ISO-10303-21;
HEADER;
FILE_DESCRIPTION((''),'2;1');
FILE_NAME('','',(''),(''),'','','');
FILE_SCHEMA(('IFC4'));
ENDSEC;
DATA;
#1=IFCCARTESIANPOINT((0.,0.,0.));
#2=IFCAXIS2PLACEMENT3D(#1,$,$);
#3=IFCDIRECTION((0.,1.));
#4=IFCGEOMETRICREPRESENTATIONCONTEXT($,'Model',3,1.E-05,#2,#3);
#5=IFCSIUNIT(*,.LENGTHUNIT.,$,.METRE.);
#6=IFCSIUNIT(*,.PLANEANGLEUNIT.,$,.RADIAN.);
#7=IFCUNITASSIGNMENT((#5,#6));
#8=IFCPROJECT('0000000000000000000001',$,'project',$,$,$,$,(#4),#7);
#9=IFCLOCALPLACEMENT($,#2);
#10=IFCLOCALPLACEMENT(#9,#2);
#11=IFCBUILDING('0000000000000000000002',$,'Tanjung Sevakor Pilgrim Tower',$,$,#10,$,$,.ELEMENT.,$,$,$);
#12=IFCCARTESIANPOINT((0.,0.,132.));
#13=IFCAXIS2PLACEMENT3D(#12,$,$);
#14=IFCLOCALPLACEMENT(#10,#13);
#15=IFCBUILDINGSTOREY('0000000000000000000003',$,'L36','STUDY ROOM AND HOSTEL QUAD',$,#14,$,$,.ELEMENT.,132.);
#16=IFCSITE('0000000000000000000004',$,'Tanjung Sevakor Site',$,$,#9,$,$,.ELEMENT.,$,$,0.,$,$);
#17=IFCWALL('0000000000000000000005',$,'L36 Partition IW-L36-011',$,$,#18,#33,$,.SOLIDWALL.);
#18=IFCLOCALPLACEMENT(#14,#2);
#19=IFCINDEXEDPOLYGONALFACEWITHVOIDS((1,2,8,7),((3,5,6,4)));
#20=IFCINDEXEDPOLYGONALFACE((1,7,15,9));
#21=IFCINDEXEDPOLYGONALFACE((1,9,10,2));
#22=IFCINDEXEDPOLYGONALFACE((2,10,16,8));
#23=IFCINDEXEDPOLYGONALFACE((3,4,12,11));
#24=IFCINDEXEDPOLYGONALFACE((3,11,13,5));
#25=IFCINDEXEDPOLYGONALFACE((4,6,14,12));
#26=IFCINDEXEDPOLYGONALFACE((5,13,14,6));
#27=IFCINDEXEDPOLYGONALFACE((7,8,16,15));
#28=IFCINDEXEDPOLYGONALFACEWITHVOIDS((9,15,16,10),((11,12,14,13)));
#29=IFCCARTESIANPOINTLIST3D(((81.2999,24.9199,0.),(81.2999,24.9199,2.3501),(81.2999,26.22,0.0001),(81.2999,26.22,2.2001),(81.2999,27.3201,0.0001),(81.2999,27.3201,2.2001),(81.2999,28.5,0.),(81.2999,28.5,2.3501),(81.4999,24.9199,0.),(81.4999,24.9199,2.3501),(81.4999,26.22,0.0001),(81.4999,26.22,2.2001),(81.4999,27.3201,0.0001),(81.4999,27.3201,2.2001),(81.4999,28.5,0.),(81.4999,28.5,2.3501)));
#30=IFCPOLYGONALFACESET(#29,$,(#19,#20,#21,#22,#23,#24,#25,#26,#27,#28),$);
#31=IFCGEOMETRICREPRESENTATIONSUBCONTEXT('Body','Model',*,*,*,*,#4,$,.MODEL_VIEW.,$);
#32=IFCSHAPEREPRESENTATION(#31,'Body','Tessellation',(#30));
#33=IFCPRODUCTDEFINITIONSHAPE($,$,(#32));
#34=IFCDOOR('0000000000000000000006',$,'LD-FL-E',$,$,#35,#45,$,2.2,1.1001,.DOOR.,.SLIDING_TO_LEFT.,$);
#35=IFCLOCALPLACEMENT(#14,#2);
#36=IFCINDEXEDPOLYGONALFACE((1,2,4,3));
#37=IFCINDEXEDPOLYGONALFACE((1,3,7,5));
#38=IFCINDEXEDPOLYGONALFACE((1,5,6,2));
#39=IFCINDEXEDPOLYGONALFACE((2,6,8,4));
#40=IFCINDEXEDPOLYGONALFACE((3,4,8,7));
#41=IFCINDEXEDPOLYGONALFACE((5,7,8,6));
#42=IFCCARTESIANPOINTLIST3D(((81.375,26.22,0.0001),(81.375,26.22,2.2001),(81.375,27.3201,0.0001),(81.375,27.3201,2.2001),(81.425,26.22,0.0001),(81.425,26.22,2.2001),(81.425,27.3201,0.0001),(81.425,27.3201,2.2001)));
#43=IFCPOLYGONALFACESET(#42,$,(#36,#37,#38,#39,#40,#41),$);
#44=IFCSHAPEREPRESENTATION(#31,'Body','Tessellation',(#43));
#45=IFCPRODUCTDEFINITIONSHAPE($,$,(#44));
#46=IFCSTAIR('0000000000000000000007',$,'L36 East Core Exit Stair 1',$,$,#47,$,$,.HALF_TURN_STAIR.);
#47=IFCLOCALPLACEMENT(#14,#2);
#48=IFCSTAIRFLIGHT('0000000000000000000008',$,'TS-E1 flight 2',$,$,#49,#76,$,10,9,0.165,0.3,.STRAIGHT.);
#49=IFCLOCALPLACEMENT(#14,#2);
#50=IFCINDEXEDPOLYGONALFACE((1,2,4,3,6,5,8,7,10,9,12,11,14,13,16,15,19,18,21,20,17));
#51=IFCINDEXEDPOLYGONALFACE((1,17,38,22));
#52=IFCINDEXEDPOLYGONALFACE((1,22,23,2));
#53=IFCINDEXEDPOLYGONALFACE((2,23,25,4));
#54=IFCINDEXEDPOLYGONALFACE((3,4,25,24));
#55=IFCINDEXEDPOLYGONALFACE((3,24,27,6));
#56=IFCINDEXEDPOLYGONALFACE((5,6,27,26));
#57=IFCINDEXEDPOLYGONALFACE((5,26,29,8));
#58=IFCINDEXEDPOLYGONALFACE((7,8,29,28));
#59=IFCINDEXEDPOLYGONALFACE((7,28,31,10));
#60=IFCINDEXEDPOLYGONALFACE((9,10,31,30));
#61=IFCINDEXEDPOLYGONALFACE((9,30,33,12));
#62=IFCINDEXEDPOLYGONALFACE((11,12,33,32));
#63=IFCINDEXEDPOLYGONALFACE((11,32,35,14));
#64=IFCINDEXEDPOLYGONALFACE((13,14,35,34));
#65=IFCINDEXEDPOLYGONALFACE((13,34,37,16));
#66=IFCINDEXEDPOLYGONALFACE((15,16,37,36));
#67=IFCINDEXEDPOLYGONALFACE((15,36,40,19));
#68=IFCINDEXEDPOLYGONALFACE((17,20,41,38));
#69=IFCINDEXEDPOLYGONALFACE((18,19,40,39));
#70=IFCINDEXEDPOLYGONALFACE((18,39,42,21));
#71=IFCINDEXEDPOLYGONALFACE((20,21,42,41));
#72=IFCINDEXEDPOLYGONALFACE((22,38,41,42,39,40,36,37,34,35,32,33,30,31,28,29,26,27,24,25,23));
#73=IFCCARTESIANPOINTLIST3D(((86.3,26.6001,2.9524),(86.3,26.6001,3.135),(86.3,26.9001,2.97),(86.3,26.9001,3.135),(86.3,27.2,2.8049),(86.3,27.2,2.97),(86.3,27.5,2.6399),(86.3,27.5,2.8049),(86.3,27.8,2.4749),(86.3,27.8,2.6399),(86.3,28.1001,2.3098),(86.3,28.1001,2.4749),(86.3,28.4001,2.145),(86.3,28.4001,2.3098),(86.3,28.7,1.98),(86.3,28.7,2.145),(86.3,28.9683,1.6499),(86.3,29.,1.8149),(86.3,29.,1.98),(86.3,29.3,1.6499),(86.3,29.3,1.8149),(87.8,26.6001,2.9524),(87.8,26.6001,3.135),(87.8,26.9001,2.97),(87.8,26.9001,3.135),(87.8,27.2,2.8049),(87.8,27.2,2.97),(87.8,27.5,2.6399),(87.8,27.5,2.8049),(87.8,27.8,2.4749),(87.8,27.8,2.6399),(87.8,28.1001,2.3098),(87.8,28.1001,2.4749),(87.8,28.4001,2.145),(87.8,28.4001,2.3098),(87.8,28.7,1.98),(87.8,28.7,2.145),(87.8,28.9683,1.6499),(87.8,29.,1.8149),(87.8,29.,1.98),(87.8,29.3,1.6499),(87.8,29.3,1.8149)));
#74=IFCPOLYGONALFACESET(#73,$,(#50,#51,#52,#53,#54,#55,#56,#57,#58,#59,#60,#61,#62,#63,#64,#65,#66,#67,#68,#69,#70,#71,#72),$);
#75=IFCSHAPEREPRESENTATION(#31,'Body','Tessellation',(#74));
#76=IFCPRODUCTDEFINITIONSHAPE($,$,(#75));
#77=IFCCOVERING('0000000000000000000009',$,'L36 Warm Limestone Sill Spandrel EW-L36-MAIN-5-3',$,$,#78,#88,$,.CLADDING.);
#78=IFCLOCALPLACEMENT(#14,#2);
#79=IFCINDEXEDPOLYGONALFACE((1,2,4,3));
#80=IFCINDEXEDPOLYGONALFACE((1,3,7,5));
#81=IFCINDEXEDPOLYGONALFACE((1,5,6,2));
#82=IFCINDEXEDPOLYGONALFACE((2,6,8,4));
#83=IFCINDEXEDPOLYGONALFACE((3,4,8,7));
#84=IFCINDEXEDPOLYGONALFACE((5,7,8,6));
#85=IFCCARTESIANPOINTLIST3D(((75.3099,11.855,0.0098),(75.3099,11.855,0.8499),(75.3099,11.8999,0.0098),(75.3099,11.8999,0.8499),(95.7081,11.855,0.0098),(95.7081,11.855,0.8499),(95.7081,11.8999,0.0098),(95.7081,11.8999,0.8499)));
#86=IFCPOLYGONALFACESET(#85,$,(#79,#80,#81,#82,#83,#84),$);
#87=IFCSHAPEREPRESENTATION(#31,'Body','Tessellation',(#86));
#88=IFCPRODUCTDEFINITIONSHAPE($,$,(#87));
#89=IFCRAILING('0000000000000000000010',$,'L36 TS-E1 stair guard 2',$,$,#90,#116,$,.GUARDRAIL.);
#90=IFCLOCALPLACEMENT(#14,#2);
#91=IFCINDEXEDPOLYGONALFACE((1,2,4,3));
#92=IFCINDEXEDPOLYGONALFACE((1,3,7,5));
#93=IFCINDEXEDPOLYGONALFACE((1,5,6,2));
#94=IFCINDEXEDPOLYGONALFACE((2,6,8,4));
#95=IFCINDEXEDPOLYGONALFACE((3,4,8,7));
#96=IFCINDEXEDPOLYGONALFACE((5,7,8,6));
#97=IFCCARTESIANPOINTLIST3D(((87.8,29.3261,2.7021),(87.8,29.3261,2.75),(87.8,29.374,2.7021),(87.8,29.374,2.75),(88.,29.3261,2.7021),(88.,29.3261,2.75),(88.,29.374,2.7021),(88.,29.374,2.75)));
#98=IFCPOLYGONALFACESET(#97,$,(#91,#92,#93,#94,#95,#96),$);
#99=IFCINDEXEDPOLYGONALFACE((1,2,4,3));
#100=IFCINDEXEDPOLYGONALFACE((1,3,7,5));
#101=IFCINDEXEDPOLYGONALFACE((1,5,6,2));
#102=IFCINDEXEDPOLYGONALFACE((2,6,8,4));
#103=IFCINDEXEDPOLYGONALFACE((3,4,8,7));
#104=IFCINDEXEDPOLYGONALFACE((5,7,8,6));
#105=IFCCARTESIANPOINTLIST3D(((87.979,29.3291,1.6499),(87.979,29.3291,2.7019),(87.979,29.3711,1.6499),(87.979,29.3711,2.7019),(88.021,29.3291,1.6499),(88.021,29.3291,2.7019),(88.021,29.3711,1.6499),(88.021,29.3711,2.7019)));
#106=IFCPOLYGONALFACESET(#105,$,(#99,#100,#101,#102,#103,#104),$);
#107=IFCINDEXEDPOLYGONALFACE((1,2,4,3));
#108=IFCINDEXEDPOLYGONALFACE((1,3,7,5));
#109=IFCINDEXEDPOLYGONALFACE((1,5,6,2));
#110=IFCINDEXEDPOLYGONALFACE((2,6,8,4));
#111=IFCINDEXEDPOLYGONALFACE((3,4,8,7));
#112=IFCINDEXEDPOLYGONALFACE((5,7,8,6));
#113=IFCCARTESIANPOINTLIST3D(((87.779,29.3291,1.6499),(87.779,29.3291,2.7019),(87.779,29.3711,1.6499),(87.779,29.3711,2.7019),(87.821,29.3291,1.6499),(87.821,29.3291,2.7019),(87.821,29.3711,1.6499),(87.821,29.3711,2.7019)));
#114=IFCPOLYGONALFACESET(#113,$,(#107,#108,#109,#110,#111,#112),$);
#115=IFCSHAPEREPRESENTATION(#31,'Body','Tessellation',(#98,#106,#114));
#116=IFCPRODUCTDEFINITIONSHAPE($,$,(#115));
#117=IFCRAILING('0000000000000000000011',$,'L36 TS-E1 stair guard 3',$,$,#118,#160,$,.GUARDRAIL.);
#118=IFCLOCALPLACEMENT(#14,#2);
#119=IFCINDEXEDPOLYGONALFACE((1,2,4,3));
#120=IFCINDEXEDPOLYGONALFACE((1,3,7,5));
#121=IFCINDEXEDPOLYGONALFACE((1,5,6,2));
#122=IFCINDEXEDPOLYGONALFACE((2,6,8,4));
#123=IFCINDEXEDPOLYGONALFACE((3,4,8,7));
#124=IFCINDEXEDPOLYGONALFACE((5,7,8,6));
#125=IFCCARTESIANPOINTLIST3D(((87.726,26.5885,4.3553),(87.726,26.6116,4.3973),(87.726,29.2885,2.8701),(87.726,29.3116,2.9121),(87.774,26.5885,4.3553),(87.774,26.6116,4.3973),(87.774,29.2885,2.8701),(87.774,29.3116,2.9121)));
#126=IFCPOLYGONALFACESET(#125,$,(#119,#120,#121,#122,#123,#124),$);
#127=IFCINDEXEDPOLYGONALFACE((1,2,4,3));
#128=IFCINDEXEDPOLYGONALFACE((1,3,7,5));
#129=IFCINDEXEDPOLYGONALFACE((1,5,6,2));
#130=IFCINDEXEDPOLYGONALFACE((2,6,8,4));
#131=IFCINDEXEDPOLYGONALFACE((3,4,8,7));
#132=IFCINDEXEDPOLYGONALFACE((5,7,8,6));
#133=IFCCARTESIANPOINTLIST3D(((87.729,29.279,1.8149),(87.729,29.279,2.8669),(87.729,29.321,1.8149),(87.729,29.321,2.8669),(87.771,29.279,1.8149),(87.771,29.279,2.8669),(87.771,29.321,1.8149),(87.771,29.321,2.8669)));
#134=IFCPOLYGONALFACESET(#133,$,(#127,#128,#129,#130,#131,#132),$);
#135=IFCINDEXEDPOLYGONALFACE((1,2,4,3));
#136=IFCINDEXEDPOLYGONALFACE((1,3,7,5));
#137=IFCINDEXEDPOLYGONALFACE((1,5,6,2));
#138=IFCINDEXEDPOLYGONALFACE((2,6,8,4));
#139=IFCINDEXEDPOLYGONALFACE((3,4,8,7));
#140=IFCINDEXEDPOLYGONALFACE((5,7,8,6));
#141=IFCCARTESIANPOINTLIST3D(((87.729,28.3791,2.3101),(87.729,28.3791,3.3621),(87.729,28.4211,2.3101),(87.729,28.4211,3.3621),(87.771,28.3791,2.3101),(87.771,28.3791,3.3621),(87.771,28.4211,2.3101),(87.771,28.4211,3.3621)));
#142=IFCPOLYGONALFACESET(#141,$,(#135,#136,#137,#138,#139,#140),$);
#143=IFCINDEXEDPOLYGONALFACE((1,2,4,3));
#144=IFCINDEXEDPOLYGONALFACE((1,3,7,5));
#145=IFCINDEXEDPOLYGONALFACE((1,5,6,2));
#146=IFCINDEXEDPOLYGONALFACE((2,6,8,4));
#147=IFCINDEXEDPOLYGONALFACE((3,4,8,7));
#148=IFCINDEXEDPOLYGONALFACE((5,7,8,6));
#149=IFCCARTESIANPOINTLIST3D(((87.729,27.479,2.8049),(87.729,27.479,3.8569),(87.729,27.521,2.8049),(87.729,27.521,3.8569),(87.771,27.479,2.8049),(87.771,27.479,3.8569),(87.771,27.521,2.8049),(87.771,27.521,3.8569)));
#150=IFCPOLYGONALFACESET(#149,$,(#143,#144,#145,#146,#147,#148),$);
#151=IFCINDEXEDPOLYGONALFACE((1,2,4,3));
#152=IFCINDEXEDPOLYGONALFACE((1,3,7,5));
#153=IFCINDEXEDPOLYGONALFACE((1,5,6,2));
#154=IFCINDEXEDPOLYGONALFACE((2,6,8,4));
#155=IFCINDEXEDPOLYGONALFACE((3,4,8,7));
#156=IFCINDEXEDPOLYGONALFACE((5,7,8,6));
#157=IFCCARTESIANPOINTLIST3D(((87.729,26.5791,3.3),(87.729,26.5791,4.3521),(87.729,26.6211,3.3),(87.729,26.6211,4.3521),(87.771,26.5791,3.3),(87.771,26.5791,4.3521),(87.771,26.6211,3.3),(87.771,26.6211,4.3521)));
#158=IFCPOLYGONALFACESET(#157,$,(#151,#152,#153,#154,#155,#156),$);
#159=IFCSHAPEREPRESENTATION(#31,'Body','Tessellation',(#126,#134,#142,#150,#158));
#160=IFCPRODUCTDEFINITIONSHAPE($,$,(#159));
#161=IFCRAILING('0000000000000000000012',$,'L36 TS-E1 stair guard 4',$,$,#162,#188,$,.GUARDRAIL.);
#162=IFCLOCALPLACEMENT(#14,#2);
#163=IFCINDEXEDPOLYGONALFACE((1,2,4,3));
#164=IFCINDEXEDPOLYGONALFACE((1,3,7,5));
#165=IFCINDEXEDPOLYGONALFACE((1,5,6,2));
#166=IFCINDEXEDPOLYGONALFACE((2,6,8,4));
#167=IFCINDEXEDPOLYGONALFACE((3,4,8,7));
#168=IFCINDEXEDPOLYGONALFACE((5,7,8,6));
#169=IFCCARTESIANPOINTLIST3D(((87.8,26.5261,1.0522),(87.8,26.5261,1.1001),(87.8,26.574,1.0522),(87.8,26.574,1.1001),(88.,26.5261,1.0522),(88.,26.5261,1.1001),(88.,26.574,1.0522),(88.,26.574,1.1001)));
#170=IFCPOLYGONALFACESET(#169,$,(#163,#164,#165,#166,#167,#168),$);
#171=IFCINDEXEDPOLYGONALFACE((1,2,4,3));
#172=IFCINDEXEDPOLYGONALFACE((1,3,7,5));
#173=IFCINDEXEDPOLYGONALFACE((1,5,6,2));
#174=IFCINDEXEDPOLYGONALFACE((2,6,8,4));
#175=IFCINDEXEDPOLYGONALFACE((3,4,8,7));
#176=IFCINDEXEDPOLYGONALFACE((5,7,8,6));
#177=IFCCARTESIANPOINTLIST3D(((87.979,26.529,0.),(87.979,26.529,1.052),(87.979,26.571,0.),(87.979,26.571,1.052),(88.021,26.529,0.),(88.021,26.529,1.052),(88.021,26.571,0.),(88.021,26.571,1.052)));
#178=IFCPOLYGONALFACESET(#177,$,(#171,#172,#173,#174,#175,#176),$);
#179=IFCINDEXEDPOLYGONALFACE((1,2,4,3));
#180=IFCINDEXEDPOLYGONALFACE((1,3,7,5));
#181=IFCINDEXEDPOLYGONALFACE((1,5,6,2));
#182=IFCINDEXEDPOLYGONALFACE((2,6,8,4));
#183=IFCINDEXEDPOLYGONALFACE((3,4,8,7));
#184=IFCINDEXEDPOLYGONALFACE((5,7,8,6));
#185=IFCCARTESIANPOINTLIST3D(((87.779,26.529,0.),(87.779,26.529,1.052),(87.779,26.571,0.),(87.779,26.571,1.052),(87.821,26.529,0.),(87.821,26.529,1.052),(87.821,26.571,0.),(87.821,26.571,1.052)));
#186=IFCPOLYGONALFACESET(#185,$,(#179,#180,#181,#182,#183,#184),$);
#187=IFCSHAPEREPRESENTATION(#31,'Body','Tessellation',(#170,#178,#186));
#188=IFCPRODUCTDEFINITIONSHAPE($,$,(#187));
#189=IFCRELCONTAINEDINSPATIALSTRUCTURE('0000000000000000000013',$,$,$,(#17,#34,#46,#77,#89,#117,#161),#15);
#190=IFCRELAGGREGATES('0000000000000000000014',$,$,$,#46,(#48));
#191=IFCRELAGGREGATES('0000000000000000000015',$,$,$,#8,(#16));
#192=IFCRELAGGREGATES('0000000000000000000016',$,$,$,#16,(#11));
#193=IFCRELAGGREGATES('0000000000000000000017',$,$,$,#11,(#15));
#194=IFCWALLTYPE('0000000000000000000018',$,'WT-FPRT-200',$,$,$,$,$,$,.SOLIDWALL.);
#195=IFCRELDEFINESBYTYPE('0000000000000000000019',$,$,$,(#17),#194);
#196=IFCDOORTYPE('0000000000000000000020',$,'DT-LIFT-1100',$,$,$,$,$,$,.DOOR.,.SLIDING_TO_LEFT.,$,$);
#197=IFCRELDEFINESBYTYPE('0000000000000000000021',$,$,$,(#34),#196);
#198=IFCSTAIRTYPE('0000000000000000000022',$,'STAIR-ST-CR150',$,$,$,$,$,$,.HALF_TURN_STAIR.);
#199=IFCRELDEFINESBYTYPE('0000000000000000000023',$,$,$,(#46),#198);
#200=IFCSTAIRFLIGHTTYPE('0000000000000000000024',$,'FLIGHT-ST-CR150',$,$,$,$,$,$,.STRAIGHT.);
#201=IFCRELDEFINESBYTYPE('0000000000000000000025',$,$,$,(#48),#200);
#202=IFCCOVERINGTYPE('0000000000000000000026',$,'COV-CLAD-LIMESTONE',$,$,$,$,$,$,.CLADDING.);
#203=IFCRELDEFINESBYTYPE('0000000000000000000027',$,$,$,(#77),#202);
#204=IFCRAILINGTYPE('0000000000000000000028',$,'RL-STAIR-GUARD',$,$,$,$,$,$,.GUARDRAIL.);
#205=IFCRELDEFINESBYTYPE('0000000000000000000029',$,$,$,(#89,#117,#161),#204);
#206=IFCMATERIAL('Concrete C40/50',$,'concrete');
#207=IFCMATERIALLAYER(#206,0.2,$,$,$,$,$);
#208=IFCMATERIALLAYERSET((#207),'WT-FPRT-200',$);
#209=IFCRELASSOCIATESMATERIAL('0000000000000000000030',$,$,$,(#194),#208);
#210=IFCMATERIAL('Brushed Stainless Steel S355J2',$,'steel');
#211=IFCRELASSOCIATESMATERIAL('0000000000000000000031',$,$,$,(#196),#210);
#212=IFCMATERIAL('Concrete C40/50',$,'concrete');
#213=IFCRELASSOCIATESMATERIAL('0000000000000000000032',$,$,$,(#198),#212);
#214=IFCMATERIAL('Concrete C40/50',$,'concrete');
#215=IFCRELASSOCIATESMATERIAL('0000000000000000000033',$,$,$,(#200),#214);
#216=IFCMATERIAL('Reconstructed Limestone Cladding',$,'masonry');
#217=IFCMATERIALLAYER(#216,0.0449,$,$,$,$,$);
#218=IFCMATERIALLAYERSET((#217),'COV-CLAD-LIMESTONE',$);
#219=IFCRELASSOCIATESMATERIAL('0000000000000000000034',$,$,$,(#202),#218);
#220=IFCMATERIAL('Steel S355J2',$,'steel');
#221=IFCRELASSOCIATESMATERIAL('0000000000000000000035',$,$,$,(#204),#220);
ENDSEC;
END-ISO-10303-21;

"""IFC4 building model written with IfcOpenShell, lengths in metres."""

from ifc_helpers import new_model, si_unit, direction, frame, frame_2d, origin, origin_2d, place, context, subcontext, project, spatial, polyline, rectangle, outline, extrude, material, layer, layer_set, type_object, element, fill, aggregate, save


model = new_model("IFC4")

# Units and contexts
model_context = context("Model", 3, precision=1e-05, world=origin(), true_north=direction((0.0, 1.0)))
body_context = subcontext(model_context, "Body", "Model", "MODEL_VIEW")
ifc_project = project(units=[si_unit("LENGTHUNIT", "METRE"), si_unit("PLANEANGLEUNIT", "RADIAN")], contexts=[model_context])

# Site, building, storey
site_placement = place(None, origin())
site = spatial("IfcSite", under=ifc_project, at=site_placement, Name="Tanjung Sevakor Site", CompositionType="ELEMENT", RefElevation=0.0)
building_placement = place(site_placement, origin())
building = spatial("IfcBuilding", under=site, at=building_placement, Name="Tanjung Sevakor Pilgrim Tower", CompositionType="ELEMENT")
storey_placement = place(building_placement, frame((0.0, 0.0, 132.0)))
storey = spatial("IfcBuildingStorey", under=building, at=storey_placement, Name="L36", Description="STUDY ROOM AND HOSTEL QUAD", CompositionType="ELEMENT", Elevation=132.0)

# Wall, opening, door
ifc_material_1 = material(Name="Concrete C40/50", Category="concrete")
ifc_layer_1 = layer(ifc_material_1, 0.2)
ifc_layer_set_1 = layer_set([ifc_layer_1], Name="WT-FPRT-200")
wall_type_1 = type_object("IfcWallType", Name="WT-FPRT-200", PredefinedType="SOLIDWALL", material=ifc_layer_set_1)
wall_1_placement = place(storey_placement, frame((81.3999, 24.9199, 0.0), z_axis=(0.0, 0.0, 1.0), x_axis=(0.0, 1.0, 0.0)))
wall_1 = element("IfcWall", 1, at=wall_1_placement, inside=storey, type_object=wall_type_1, Name="L36 Partition IW-L36-011", PredefinedType="SOLIDWALL", context=body_context, shape_type="SweptSolid", body=[
    extrude(rectangle(XDim=3.5801, YDim=0.2, at=frame_2d((1.79, 0.0))), origin(), (0.0, 0.0, 1.0), 2.3501),
])
opening_1_placement = place(wall_1_placement, frame((1.3, 0.0, 0.0)))
opening_1 = element("IfcOpeningElement", 2, at=opening_1_placement, cuts=wall_1, PredefinedType="OPENING", context=body_context, shape_type="SweptSolid", body=[
    extrude(rectangle(XDim=1.1001, YDim=2.2, at=frame_2d((0.55, 1.1001))), frame((0.0, 0.1099, 0.0), z_axis=(0.0, -1.0, 0.0), x_axis=(1.0, 0.0, 0.0)), (0.0, 0.0, 1.0), 0.22),
])
ifc_material_2 = material(Name="Brushed Stainless Steel S355J2", Category="steel")
door_type_1 = type_object("IfcDoorType", Name="DT-LIFT-1100", OperationType="SLIDING_TO_LEFT", PredefinedType="DOOR", material=ifc_material_2)
door_1_placement = place(opening_1_placement, origin())
door_1 = element("IfcDoor", 3, at=door_1_placement, inside=storey, type_object=door_type_1, Name="LD-FL-E", OperationType="SLIDING_TO_LEFT", OverallHeight=2.2, OverallWidth=1.1001, PredefinedType="DOOR", context=body_context, shape_type="SweptSolid", body=[
    extrude(rectangle(XDim=1.1001, YDim=2.2, at=frame_2d((0.55, 1.1001))), frame((0.0, 0.0249, 0.0), z_axis=(0.0, -1.0, 0.0), x_axis=(1.0, 0.0, 0.0)), (0.0, 0.0, 1.0), 0.05),
])
fill(opening_1, door_1)

# Stair, stair flight
ifc_material_3 = material(Name="Concrete C40/50", Category="concrete")
stair_type = type_object("IfcStairType", Name="STAIR-ST-CR150", PredefinedType="HALF_TURN_STAIR", material=ifc_material_3)
stair_placement = place(storey_placement, origin())
stair = element("IfcStair", 4, at=stair_placement, inside=storey, type_object=stair_type, Name="L36 East Core Exit Stair 1", PredefinedType="HALF_TURN_STAIR")
ifc_material_4 = material(Name="Concrete C40/50", Category="concrete")
stair_flight_type = type_object("IfcStairFlightType", Name="FLIGHT-ST-CR150", PredefinedType="STRAIGHT", material=ifc_material_4)
stair_flight_placement = place(storey_placement, frame((87.05, 29.3, 1.6499), z_axis=(0.0, 0.0, 1.0), x_axis=(0.0, -1.0, 0.0)))
stair_flight = element("IfcStairFlight", 5, at=stair_flight_placement, type_object=stair_flight_type, Name="TS-E1 flight 2", NumberOfRisers=10, NumberOfTreads=9, PredefinedType="STRAIGHT", RiserHeight=0.165, TreadLength=0.3, context=body_context, shape_type="SweptSolid", body=[
    extrude(outline(polyline([(0.0, 0.0), (0.0, 0.165), (0.3, 0.165), (0.3, 0.3301), (0.6001, 0.3301), (0.6001, 0.4951), (0.8999, 0.4951), (0.8999, 0.6599), (1.2, 0.6599), (1.2, 0.825), (1.5, 0.825), (1.5, 0.99), (1.8, 0.99), (1.8, 1.155), (2.1001, 1.155), (2.1001, 1.3201), (2.3999, 1.3201), (2.3999, 1.4851), (2.7, 1.4851), (2.7, 1.6499), (2.7, 1.3025), (0.3318, 0.0), (0.0, 0.0)])), frame((0.0, 0.75, 0.0), z_axis=(0.0, -1.0, 0.0), x_axis=(1.0, 0.0, 0.0)), (0.0, 0.0, 1.0), 1.5),
])
aggregate(stair, [stair_flight])

# Covering
ifc_material_5 = material(Name="Reconstructed Limestone Cladding", Category="masonry")
ifc_layer_2 = layer(ifc_material_5, 0.0449)
ifc_layer_set_2 = layer_set([ifc_layer_2], Name="COV-CLAD-LIMESTONE")
covering_type = type_object("IfcCoveringType", Name="COV-CLAD-LIMESTONE", PredefinedType="CLADDING", material=ifc_layer_set_2)
covering_placement = place(storey_placement, frame((85.509, 11.8774, 0.0098), z_axis=(0.0, 0.0, 1.0), x_axis=(1.0, 0.0, 0.0)))
element("IfcCovering", 6, at=covering_placement, inside=storey, type_object=covering_type, Name="L36 Warm Limestone Sill Spandrel EW-L36-MAIN-5-3", PredefinedType="CLADDING", context=body_context, shape_type="SweptSolid", body=[
    extrude(rectangle(XDim=20.3982, YDim=0.0449, at=origin_2d()), origin(), (0.0, 0.0, 1.0), 0.8401),
])

# Railings
ifc_material_6 = material(Name="Steel S355J2", Category="steel")
railing_type_1 = type_object("IfcRailingType", Name="RL-STAIR-GUARD", PredefinedType="GUARDRAIL", material=ifc_material_6)
railing_1_placement = place(storey_placement, frame((88.0, 29.3501, 1.6499)))
element("IfcRailing", 7, at=railing_1_placement, inside=storey, type_object=railing_type_1, Name="L36 TS-E1 stair guard 2", PredefinedType="GUARDRAIL", context=body_context, shape_type="SweptSolid", body=[
    extrude(rectangle(XDim=0.0479, YDim=0.0479), frame((0.0, 0.0, 1.0762), z_axis=(-1.0, 0.0, 0.0), x_axis=(0.0, -1.0, 0.0)), (0.0, 0.0, 1.0), 0.2),
    extrude(rectangle(XDim=0.042, YDim=0.042), origin(), (0.0, 0.0, 1.0), 1.052),
    extrude(rectangle(XDim=0.042, YDim=0.042), frame((-0.2, 0.0, 0.0)), (0.0, 0.0, 1.0), 1.052),
])
railing_2_placement = place(storey_placement, frame((87.75, 29.3, 1.8149)))
element("IfcRailing", 8, at=railing_2_placement, inside=storey, type_object=railing_type_1, Name="L36 TS-E1 stair guard 3", PredefinedType="GUARDRAIL", context=body_context, shape_type="SweptSolid", body=[
    extrude(rectangle(XDim=0.0479, YDim=0.0479), frame((0.0, 0.0, 1.0762), z_axis=(0.0, -0.876198, 0.481952), x_axis=(1.0, 0.0, 0.0)), (0.0, 0.0, 1.0), 3.0815),
    extrude(rectangle(XDim=0.042, YDim=0.042), origin(), (0.0, 0.0, 1.0), 1.052),
    extrude(rectangle(XDim=0.042, YDim=0.042), frame((0.0, -0.8999, 0.4951)), (0.0, 0.0, 1.0), 1.052),
    extrude(rectangle(XDim=0.042, YDim=0.042), frame((0.0, -1.8, 0.99)), (0.0, 0.0, 1.0), 1.052),
    extrude(rectangle(XDim=0.042, YDim=0.042), frame((0.0, -2.7, 1.4851)), (0.0, 0.0, 1.0), 1.052),
])
railing_3_placement = place(storey_placement, frame((88.0, 26.55, 0.0)))
element("IfcRailing", 9, at=railing_3_placement, inside=storey, type_object=railing_type_1, Name="L36 TS-E1 stair guard 4", PredefinedType="GUARDRAIL", context=body_context, shape_type="SweptSolid", body=[
    extrude(rectangle(XDim=0.0479, YDim=0.0479), frame((0.0, 0.0, 1.0762), z_axis=(-1.0, 0.0, 0.0), x_axis=(0.0, -1.0, 0.0)), (0.0, 0.0, 1.0), 0.2),
    extrude(rectangle(XDim=0.042, YDim=0.042), origin(), (0.0, 0.0, 1.0), 1.052),
    extrude(rectangle(XDim=0.042, YDim=0.042), frame((-0.2, 0.0, 0.0)), (0.0, 0.0, 1.0), 1.052),
])

save(model, "model.ifc")
